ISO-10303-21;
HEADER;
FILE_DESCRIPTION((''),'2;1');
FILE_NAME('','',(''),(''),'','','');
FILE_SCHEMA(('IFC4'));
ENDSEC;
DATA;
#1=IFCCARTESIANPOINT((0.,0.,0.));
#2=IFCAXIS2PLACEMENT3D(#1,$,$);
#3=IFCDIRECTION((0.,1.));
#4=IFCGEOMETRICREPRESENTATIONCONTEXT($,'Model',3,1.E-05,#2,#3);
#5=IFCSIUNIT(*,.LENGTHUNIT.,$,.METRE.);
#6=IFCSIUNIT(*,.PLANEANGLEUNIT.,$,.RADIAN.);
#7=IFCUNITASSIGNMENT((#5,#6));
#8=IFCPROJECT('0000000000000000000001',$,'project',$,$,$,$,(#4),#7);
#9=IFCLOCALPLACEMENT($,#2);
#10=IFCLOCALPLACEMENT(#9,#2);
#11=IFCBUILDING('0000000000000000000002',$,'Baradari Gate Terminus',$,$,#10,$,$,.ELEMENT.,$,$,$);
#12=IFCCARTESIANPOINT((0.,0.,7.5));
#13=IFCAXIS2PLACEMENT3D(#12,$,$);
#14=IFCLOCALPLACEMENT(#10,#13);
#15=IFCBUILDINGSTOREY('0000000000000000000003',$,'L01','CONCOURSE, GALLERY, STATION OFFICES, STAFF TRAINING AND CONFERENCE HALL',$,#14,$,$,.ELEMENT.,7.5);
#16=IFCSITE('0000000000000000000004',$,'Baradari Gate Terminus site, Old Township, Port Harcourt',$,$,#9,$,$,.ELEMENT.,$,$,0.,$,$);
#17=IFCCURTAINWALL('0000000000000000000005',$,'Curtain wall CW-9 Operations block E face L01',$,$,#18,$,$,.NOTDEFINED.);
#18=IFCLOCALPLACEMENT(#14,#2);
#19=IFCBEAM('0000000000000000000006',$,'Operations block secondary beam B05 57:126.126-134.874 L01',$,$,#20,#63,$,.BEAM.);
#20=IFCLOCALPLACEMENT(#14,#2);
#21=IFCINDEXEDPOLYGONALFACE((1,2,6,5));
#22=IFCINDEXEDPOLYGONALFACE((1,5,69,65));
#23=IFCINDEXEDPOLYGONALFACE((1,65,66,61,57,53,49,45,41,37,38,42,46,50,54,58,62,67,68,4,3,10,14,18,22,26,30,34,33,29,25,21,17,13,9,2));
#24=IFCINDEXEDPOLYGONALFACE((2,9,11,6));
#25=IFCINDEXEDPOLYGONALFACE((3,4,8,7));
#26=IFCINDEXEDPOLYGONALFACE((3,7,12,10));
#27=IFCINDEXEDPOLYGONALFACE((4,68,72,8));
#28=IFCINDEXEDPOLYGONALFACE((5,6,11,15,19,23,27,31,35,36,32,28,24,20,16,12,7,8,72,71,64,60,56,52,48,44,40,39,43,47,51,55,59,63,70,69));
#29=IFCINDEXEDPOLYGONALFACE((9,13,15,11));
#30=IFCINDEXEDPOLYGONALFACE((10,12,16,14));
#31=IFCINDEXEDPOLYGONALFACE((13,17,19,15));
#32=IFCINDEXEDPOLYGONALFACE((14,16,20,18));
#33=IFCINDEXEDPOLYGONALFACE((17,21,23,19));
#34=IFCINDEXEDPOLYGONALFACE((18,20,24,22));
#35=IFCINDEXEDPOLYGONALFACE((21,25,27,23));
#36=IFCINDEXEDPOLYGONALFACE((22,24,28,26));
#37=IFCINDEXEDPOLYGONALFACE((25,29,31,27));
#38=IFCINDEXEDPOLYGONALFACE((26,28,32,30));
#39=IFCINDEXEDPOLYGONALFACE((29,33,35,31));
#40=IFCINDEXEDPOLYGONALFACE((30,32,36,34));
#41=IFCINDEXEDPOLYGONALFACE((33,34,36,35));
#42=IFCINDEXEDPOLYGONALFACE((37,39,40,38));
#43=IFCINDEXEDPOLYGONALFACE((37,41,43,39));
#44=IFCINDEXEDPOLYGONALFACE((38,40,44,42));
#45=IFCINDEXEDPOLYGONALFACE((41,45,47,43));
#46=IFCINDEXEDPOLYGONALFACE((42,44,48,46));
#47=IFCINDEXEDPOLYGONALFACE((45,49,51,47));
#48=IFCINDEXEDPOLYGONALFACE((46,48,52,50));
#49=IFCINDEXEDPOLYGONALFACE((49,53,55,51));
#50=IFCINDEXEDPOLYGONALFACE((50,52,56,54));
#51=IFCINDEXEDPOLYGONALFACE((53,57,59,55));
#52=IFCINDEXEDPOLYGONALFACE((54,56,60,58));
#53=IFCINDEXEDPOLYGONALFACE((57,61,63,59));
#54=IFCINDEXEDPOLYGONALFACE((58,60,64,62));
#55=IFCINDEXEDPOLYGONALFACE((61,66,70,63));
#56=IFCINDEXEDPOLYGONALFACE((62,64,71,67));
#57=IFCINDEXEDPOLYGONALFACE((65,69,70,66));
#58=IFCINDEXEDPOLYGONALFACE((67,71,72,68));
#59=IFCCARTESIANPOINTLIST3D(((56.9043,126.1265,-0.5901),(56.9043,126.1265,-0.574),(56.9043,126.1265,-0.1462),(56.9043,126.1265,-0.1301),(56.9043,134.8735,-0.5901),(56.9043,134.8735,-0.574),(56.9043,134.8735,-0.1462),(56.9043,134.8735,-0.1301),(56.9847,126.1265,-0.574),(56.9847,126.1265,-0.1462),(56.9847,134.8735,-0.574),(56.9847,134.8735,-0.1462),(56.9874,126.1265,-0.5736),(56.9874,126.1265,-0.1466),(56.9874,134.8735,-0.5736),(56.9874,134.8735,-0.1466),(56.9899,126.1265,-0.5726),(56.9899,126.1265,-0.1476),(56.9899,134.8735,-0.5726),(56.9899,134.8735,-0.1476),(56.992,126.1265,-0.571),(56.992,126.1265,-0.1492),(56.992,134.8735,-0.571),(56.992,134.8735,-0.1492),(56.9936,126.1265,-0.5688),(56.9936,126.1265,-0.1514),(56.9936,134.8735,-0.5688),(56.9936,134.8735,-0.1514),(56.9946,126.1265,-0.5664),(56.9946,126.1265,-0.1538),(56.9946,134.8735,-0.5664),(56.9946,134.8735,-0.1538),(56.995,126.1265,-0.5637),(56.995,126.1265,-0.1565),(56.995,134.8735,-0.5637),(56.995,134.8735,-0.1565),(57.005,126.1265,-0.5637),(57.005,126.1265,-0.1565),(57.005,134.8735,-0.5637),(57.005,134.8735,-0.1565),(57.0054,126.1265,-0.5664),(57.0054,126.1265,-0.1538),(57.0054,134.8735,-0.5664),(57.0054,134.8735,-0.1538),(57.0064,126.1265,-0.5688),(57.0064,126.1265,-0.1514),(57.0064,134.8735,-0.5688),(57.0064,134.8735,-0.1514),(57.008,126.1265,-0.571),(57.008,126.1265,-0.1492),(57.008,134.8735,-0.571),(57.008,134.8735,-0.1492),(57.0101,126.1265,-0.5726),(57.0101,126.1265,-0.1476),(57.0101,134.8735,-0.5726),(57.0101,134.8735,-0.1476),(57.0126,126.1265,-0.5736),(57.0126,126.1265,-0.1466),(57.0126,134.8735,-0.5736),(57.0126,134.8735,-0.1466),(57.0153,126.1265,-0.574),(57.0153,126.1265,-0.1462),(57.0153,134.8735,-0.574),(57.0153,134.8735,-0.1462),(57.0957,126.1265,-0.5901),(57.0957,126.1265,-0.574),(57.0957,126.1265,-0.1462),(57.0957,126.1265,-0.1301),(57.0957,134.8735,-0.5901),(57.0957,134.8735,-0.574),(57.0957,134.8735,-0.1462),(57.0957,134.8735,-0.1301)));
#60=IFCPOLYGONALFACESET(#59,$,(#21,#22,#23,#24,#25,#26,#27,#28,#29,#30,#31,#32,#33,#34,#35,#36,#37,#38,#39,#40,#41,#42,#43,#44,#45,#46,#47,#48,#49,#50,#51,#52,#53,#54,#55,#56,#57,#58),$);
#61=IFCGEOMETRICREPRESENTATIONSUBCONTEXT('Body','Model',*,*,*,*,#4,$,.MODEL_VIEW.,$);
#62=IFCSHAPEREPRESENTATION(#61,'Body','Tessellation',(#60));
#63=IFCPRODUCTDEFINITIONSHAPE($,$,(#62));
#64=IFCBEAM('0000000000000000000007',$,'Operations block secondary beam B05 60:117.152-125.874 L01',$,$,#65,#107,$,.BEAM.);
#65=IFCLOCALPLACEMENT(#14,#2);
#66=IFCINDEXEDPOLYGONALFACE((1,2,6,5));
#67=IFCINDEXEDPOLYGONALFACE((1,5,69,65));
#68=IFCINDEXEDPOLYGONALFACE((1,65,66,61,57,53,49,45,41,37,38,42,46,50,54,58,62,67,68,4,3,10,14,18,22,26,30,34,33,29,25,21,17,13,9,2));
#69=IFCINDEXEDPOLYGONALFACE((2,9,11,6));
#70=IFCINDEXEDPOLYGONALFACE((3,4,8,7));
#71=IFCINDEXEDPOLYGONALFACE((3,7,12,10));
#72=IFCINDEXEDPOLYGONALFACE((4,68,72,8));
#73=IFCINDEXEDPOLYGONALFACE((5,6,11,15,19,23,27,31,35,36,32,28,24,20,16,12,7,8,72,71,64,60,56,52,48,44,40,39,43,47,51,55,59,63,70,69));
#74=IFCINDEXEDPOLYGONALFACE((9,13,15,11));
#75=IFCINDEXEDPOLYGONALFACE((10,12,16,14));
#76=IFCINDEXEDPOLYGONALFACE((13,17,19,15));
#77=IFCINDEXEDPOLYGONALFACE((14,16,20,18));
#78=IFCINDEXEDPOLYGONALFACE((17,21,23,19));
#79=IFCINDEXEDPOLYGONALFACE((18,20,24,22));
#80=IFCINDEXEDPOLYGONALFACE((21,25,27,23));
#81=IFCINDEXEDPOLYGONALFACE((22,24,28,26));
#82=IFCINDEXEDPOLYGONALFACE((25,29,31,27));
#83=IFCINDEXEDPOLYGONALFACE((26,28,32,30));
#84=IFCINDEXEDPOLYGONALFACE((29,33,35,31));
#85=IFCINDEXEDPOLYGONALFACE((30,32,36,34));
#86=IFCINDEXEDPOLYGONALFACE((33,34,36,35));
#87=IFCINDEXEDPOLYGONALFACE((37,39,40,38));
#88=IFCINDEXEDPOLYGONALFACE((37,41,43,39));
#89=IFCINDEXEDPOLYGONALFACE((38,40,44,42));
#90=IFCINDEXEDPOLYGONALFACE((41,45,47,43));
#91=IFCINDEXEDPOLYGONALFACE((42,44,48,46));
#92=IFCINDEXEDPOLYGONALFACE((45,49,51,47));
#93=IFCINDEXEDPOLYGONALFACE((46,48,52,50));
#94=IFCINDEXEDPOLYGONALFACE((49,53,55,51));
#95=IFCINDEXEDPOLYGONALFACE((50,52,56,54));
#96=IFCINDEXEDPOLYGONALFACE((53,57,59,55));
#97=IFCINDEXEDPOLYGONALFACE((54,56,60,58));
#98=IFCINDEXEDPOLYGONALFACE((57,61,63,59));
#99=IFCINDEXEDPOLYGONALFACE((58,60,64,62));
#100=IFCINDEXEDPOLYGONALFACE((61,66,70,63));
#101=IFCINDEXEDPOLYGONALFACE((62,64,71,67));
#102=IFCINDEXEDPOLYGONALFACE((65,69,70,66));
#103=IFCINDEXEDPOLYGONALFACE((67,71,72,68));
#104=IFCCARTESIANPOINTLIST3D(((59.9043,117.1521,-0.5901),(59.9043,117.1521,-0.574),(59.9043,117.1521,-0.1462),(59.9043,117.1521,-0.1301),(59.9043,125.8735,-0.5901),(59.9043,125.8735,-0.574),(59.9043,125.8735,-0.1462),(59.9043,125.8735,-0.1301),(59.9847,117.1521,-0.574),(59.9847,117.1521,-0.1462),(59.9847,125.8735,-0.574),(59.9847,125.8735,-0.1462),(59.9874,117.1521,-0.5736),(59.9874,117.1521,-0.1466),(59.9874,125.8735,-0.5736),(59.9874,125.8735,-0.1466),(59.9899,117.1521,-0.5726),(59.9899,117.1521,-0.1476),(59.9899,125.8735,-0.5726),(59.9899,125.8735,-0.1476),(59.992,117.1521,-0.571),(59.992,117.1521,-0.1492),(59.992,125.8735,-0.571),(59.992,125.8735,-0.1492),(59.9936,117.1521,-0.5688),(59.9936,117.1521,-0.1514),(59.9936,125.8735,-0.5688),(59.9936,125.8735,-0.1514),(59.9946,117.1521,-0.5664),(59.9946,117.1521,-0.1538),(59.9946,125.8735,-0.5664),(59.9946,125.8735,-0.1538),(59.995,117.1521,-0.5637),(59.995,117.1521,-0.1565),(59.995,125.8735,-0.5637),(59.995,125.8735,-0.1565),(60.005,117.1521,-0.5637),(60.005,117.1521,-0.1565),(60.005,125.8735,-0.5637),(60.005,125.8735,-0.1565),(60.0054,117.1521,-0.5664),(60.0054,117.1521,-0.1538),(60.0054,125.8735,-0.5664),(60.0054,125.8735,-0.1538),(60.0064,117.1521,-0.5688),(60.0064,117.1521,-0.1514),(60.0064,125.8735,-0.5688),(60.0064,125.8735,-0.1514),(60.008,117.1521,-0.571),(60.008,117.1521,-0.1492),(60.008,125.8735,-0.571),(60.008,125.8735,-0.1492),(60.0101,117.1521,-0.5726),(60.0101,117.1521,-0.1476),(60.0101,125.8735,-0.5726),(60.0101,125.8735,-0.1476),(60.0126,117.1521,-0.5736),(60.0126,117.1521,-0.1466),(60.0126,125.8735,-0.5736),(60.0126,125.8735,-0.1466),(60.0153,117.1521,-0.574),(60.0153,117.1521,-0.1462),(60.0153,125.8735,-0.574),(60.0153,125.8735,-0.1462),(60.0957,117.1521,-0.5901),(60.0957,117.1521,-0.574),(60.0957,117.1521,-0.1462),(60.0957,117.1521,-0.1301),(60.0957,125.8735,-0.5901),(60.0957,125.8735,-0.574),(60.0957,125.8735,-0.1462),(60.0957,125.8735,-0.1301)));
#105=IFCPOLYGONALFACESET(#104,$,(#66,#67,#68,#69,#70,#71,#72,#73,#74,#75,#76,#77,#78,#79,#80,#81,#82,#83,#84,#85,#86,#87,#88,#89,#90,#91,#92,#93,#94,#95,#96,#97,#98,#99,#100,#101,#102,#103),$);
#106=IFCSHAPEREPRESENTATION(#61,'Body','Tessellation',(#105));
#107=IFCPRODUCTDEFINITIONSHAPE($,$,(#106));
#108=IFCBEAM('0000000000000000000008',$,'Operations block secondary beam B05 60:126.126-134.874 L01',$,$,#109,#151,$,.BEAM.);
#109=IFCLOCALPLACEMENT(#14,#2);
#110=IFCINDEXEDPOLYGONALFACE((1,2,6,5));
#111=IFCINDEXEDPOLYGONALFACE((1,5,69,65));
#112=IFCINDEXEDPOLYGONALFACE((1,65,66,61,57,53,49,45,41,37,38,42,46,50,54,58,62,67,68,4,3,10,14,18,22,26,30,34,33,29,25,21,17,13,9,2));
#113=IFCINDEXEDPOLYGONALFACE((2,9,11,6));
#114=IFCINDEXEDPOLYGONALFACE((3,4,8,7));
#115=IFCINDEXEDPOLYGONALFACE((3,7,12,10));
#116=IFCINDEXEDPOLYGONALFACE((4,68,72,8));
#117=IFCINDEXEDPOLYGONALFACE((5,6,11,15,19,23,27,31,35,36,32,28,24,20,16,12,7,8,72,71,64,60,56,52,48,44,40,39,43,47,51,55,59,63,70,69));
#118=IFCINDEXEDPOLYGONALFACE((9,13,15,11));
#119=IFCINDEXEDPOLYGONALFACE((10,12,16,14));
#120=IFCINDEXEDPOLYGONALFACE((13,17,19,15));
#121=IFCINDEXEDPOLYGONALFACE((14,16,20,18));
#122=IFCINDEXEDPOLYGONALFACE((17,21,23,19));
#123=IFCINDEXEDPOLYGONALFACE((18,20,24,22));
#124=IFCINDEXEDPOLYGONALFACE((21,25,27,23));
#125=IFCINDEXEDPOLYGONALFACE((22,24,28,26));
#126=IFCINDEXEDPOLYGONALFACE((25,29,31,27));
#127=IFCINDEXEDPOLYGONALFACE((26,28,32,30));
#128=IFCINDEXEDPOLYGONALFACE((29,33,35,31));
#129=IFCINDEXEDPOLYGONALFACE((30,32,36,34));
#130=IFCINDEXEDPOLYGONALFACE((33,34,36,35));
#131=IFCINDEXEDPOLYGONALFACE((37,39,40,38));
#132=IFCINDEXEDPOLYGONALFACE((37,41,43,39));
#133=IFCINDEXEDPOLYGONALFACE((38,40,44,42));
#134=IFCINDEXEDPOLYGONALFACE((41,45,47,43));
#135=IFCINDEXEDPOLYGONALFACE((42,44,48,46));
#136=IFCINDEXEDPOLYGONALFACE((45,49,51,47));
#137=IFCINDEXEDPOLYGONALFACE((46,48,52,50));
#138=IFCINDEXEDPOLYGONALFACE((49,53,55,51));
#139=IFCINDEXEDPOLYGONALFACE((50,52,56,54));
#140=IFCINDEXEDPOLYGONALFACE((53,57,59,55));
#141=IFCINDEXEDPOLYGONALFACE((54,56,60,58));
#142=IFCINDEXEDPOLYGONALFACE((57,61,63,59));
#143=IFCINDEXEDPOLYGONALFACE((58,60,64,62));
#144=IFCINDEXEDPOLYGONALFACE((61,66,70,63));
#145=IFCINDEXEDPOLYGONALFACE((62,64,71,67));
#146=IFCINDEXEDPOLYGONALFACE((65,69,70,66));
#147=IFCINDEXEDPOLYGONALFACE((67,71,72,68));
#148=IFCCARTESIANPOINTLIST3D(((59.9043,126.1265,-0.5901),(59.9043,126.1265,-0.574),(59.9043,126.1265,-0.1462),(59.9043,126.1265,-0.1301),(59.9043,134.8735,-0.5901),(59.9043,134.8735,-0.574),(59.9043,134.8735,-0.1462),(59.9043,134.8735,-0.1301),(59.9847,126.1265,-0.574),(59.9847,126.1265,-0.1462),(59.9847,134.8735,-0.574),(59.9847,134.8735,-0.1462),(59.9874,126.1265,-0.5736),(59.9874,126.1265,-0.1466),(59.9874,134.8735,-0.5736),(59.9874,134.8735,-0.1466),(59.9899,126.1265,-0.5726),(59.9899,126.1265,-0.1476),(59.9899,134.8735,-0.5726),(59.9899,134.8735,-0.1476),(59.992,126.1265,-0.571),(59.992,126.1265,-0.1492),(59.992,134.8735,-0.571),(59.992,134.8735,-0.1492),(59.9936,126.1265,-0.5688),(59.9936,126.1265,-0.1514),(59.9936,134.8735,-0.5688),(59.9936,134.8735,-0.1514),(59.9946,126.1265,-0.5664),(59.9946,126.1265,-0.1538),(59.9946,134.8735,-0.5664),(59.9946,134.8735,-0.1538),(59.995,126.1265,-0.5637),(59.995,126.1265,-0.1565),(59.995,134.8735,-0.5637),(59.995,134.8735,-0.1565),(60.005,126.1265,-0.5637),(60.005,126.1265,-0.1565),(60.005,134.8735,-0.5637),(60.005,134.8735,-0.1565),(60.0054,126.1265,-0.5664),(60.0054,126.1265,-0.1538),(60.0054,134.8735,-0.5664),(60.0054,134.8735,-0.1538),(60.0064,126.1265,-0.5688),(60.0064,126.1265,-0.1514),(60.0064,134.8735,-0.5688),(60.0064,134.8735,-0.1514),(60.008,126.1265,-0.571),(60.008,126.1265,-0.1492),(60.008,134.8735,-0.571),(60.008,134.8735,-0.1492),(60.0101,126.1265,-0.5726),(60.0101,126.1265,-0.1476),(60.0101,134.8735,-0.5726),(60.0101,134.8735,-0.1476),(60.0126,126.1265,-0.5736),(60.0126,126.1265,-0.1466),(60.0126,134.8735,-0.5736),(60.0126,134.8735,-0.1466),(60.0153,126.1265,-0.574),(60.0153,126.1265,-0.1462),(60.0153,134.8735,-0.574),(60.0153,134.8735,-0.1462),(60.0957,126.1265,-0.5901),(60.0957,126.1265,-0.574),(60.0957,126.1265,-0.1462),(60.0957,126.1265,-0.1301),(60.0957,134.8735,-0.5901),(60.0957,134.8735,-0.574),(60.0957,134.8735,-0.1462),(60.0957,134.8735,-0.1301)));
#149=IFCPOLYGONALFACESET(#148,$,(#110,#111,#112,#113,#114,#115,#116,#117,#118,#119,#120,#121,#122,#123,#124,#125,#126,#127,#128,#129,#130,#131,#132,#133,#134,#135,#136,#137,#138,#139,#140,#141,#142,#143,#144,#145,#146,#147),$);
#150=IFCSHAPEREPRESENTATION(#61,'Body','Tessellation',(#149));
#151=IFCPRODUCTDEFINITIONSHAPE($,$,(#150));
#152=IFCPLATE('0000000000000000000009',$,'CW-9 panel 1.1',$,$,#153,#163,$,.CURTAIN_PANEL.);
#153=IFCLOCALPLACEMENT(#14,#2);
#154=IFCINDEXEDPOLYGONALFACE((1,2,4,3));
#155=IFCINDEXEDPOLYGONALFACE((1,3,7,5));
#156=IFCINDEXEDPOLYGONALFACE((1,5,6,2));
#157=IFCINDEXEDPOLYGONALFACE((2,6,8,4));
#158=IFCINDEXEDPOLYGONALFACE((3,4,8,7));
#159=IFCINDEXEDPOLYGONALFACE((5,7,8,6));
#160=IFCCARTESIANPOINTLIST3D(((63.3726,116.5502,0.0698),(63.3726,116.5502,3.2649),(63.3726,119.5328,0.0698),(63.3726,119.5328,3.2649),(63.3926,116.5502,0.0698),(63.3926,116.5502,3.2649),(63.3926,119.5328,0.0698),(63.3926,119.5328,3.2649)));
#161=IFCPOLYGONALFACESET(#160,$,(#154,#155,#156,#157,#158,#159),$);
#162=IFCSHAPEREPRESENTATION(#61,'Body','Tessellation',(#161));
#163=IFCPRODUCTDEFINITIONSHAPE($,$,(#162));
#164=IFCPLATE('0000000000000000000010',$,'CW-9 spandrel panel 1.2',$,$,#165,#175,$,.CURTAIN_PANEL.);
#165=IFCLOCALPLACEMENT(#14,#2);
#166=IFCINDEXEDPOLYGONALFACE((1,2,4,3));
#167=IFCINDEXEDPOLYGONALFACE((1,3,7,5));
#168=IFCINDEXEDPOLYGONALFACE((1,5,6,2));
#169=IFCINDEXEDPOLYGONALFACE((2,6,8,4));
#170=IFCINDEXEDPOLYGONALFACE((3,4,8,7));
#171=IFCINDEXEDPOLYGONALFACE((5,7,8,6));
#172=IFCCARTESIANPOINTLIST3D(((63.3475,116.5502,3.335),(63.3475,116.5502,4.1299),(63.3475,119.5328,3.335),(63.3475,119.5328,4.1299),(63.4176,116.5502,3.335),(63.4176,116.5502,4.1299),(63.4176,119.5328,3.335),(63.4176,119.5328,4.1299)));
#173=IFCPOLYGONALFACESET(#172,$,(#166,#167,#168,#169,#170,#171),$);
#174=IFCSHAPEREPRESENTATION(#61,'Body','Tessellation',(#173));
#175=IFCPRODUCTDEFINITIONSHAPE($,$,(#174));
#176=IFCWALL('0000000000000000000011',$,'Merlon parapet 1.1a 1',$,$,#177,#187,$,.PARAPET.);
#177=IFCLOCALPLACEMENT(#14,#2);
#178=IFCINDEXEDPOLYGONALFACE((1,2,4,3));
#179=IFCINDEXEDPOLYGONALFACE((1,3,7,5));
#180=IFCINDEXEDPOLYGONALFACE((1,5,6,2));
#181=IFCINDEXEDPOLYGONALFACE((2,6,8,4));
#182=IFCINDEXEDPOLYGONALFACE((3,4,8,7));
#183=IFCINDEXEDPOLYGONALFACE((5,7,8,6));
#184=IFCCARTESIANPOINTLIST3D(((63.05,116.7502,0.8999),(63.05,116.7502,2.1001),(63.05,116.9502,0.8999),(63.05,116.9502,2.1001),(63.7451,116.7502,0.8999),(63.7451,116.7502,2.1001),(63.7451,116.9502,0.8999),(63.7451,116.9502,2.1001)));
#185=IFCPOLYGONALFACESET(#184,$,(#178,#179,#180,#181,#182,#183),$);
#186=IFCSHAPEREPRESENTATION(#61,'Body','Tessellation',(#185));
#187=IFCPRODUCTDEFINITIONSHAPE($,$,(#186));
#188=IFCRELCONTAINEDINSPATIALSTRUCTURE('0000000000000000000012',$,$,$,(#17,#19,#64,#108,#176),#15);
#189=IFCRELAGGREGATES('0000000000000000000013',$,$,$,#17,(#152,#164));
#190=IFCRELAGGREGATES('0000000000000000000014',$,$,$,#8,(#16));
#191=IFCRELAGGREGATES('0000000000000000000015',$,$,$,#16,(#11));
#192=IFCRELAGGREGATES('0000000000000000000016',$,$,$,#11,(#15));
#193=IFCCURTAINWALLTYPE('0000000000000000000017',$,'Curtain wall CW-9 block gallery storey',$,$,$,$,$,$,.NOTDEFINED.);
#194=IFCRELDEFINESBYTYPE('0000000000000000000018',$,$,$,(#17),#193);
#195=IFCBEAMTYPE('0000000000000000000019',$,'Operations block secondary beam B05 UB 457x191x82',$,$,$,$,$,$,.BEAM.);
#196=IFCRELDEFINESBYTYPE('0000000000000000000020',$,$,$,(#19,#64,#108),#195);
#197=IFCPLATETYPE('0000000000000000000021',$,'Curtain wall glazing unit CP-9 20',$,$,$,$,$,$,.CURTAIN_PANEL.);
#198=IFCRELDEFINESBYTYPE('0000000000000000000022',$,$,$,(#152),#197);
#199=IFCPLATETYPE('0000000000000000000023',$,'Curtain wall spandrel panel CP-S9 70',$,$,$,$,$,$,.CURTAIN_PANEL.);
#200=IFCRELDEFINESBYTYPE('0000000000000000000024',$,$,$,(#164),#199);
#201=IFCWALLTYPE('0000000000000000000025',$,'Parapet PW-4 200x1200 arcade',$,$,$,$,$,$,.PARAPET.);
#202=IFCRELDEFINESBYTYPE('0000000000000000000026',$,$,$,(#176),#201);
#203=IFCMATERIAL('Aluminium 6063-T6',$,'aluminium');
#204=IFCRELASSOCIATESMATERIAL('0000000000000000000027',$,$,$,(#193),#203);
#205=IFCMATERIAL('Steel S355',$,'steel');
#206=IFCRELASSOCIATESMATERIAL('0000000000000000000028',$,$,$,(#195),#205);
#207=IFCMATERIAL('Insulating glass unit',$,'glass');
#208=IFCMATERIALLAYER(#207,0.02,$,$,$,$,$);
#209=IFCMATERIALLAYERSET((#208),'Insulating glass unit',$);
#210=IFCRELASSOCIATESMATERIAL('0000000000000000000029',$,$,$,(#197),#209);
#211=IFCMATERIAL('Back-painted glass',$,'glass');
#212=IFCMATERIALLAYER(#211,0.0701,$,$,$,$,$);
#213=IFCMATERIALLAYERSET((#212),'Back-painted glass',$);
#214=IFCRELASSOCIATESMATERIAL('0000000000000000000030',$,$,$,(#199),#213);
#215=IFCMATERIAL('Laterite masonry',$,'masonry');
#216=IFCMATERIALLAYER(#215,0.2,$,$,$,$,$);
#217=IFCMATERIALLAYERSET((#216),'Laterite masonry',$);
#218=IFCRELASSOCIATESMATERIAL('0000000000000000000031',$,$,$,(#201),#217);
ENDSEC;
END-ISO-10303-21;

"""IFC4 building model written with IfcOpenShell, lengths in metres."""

from ifc_helpers import new_model, si_unit, direction, frame, origin, origin_2d, place, context, subcontext, project, spatial, polyline, rectangle, i_section, outline, extrude, material, layer, layer_set, material_profile, profile_set, type_object, element, aggregate, save


model = new_model("IFC4")

# Units and contexts
model_context = context("Model", 3, precision=1e-05, world=origin(), true_north=direction((0.0, 1.0)))
body_context = subcontext(model_context, "Body", "Model", "MODEL_VIEW")
ifc_project = project(units=[si_unit("LENGTHUNIT", "METRE"), si_unit("PLANEANGLEUNIT", "RADIAN")], contexts=[model_context])

# Site, building, storey
site_placement = place(None, origin())
site = spatial("IfcSite", under=ifc_project, at=site_placement, Name="Baradari Gate Terminus site, Old Township, Port Harcourt", CompositionType="ELEMENT", RefElevation=0.0)
building_placement = place(site_placement, origin())
building = spatial("IfcBuilding", under=site, at=building_placement, Name="Baradari Gate Terminus", CompositionType="ELEMENT")
storey_placement = place(building_placement, frame((0.0, 0.0, 7.5)))
storey = spatial("IfcBuildingStorey", under=building, at=storey_placement, Name="L01", Description="CONCOURSE, GALLERY, STATION OFFICES, STAFF TRAINING AND CONFERENCE HALL", CompositionType="ELEMENT", Elevation=7.5)

# Curtain wall
ifc_material_1 = material(Name="Aluminium 6063-T6", Category="aluminium")
curtain_wall_type = type_object("IfcCurtainWallType", Name="Curtain wall CW-9 block gallery storey", PredefinedType="NOTDEFINED", material=ifc_material_1)
curtain_wall_placement = place(storey_placement, origin())
curtain_wall = element("IfcCurtainWall", 1, at=curtain_wall_placement, inside=storey, type_object=curtain_wall_type, Name="Curtain wall CW-9 Operations block E face L01", PredefinedType="NOTDEFINED")

# Beams
ifc_material_2 = material(Name="Steel S355", Category="steel")
ifc_material_profile_1 = material_profile(ifc_material_2, i_section(OverallWidth=0.1914, OverallDepth=0.46, WebThickness=0.01, FlangeThickness=0.0161, FilletRadius=0.0103, at=origin_2d()), Name="UB 457x191x82")
ifc_profile_set_1 = profile_set([ifc_material_profile_1], Name="Steel S355")
beam_type_1 = type_object("IfcBeamType", Name="Operations block secondary beam B05 UB 457x191x82", PredefinedType="BEAM", material=ifc_profile_set_1)
beam_1_placement = place(storey_placement, frame((57.0, 126.1265, -0.3601), z_axis=(0.0, 1.0, 0.0), x_axis=(-1.0, 0.0, 0.0)))
element("IfcBeam", 2, at=beam_1_placement, inside=storey, type_object=beam_type_1, Name="Operations block secondary beam B05 57:126.126-134.874 L01", PredefinedType="BEAM", context=body_context, shape_type="SweptSolid", body=[
    extrude(i_section(OverallWidth=0.1914, OverallDepth=0.46, WebThickness=0.01, FlangeThickness=0.0161, FilletRadius=0.0103, at=origin_2d()), origin(), (0.0, 0.0, 1.0), 8.7471),
])
beam_2_placement = place(storey_placement, frame((60.0, 117.1521, -0.3601), z_axis=(0.0, 1.0, 0.0), x_axis=(-1.0, 0.0, 0.0)))
element("IfcBeam", 3, at=beam_2_placement, inside=storey, type_object=beam_type_1, Name="Operations block secondary beam B05 60:117.152-125.874 L01", PredefinedType="BEAM", context=body_context, shape_type="SweptSolid", body=[
    extrude(i_section(OverallWidth=0.1914, OverallDepth=0.46, WebThickness=0.01, FlangeThickness=0.0161, FilletRadius=0.0103, at=origin_2d()), origin(), (0.0, 0.0, 1.0), 8.7214),
])
beam_3_placement = place(storey_placement, frame((60.0, 126.1265, -0.3601), z_axis=(0.0, 1.0, 0.0), x_axis=(-1.0, 0.0, 0.0)))
element("IfcBeam", 4, at=beam_3_placement, inside=storey, type_object=beam_type_1, Name="Operations block secondary beam B05 60:126.126-134.874 L01", PredefinedType="BEAM", context=body_context, shape_type="SweptSolid", body=[
    extrude(i_section(OverallWidth=0.1914, OverallDepth=0.46, WebThickness=0.01, FlangeThickness=0.0161, FilletRadius=0.0103, at=origin_2d()), origin(), (0.0, 0.0, 1.0), 8.7471),
])

# Plates
ifc_material_3 = material(Name="Insulating glass unit", Category="glass")
ifc_layer_1 = layer(ifc_material_3, 0.02)
ifc_layer_set_1 = layer_set([ifc_layer_1], Name="Insulating glass unit")
plate_type_1 = type_object("IfcPlateType", Name="Curtain wall glazing unit CP-9 20", PredefinedType="CURTAIN_PANEL", material=ifc_layer_set_1)
plate_1_placement = place(storey_placement, frame((63.3826, 118.0415, 0.0698), z_axis=(0.0, 0.0, 1.0), x_axis=(0.0, 1.0, 0.0)))
plate_1 = element("IfcPlate", 5, at=plate_1_placement, type_object=plate_type_1, Name="CW-9 panel 1.1", PredefinedType="CURTAIN_PANEL", context=body_context, shape_type="SweptSolid", body=[
    extrude(rectangle(XDim=2.9827, YDim=0.02, at=origin_2d()), origin(), (0.0, 0.0, 1.0), 3.1951),
])
ifc_material_4 = material(Name="Back-painted glass", Category="glass")
ifc_layer_2 = layer(ifc_material_4, 0.0701)
ifc_layer_set_2 = layer_set([ifc_layer_2], Name="Back-painted glass")
plate_type_2 = type_object("IfcPlateType", Name="Curtain wall spandrel panel CP-S9 70", PredefinedType="CURTAIN_PANEL", material=ifc_layer_set_2)
plate_2_placement = place(storey_placement, frame((63.3826, 118.0415, 3.335), z_axis=(0.0, 0.0, 1.0), x_axis=(0.0, 1.0, 0.0)))
plate_2 = element("IfcPlate", 6, at=plate_2_placement, type_object=plate_type_2, Name="CW-9 spandrel panel 1.2", PredefinedType="CURTAIN_PANEL", context=body_context, shape_type="SweptSolid", body=[
    extrude(rectangle(XDim=2.9827, YDim=0.0701, at=origin_2d()), origin(), (0.0, 0.0, 1.0), 0.7949),
])
aggregate(curtain_wall, [plate_1, plate_2])

# Wall
ifc_material_5 = material(Name="Laterite masonry", Category="masonry")
ifc_layer_3 = layer(ifc_material_5, 0.2)
ifc_layer_set_3 = layer_set([ifc_layer_3], Name="Laterite masonry")
wall_type = type_object("IfcWallType", Name="Parapet PW-4 200x1200 arcade", PredefinedType="PARAPET", material=ifc_layer_set_3)
wall_placement = place(storey_placement, frame((63.05, 116.8501, 0.8999), z_axis=(0.0, 0.0, 1.0), x_axis=(1.0, 0.0, 0.0)))
element("IfcWall", 7, at=wall_placement, inside=storey, type_object=wall_type, Name="Merlon parapet 1.1a 1", PredefinedType="PARAPET", context=body_context, shape_type="SweptSolid", body=[
    extrude(outline(polyline([(0.0, 0.0), (0.6951, 0.0), (0.6951, 1.2002), (0.0, 1.2002), (0.0, 0.0)])), frame((0.0, 0.1001, 0.0), z_axis=(0.0, -1.0, 0.0), x_axis=(1.0, 0.0, 0.0)), (0.0, 0.0, 1.0), 0.2),
])

save(model, "model.ifc")
